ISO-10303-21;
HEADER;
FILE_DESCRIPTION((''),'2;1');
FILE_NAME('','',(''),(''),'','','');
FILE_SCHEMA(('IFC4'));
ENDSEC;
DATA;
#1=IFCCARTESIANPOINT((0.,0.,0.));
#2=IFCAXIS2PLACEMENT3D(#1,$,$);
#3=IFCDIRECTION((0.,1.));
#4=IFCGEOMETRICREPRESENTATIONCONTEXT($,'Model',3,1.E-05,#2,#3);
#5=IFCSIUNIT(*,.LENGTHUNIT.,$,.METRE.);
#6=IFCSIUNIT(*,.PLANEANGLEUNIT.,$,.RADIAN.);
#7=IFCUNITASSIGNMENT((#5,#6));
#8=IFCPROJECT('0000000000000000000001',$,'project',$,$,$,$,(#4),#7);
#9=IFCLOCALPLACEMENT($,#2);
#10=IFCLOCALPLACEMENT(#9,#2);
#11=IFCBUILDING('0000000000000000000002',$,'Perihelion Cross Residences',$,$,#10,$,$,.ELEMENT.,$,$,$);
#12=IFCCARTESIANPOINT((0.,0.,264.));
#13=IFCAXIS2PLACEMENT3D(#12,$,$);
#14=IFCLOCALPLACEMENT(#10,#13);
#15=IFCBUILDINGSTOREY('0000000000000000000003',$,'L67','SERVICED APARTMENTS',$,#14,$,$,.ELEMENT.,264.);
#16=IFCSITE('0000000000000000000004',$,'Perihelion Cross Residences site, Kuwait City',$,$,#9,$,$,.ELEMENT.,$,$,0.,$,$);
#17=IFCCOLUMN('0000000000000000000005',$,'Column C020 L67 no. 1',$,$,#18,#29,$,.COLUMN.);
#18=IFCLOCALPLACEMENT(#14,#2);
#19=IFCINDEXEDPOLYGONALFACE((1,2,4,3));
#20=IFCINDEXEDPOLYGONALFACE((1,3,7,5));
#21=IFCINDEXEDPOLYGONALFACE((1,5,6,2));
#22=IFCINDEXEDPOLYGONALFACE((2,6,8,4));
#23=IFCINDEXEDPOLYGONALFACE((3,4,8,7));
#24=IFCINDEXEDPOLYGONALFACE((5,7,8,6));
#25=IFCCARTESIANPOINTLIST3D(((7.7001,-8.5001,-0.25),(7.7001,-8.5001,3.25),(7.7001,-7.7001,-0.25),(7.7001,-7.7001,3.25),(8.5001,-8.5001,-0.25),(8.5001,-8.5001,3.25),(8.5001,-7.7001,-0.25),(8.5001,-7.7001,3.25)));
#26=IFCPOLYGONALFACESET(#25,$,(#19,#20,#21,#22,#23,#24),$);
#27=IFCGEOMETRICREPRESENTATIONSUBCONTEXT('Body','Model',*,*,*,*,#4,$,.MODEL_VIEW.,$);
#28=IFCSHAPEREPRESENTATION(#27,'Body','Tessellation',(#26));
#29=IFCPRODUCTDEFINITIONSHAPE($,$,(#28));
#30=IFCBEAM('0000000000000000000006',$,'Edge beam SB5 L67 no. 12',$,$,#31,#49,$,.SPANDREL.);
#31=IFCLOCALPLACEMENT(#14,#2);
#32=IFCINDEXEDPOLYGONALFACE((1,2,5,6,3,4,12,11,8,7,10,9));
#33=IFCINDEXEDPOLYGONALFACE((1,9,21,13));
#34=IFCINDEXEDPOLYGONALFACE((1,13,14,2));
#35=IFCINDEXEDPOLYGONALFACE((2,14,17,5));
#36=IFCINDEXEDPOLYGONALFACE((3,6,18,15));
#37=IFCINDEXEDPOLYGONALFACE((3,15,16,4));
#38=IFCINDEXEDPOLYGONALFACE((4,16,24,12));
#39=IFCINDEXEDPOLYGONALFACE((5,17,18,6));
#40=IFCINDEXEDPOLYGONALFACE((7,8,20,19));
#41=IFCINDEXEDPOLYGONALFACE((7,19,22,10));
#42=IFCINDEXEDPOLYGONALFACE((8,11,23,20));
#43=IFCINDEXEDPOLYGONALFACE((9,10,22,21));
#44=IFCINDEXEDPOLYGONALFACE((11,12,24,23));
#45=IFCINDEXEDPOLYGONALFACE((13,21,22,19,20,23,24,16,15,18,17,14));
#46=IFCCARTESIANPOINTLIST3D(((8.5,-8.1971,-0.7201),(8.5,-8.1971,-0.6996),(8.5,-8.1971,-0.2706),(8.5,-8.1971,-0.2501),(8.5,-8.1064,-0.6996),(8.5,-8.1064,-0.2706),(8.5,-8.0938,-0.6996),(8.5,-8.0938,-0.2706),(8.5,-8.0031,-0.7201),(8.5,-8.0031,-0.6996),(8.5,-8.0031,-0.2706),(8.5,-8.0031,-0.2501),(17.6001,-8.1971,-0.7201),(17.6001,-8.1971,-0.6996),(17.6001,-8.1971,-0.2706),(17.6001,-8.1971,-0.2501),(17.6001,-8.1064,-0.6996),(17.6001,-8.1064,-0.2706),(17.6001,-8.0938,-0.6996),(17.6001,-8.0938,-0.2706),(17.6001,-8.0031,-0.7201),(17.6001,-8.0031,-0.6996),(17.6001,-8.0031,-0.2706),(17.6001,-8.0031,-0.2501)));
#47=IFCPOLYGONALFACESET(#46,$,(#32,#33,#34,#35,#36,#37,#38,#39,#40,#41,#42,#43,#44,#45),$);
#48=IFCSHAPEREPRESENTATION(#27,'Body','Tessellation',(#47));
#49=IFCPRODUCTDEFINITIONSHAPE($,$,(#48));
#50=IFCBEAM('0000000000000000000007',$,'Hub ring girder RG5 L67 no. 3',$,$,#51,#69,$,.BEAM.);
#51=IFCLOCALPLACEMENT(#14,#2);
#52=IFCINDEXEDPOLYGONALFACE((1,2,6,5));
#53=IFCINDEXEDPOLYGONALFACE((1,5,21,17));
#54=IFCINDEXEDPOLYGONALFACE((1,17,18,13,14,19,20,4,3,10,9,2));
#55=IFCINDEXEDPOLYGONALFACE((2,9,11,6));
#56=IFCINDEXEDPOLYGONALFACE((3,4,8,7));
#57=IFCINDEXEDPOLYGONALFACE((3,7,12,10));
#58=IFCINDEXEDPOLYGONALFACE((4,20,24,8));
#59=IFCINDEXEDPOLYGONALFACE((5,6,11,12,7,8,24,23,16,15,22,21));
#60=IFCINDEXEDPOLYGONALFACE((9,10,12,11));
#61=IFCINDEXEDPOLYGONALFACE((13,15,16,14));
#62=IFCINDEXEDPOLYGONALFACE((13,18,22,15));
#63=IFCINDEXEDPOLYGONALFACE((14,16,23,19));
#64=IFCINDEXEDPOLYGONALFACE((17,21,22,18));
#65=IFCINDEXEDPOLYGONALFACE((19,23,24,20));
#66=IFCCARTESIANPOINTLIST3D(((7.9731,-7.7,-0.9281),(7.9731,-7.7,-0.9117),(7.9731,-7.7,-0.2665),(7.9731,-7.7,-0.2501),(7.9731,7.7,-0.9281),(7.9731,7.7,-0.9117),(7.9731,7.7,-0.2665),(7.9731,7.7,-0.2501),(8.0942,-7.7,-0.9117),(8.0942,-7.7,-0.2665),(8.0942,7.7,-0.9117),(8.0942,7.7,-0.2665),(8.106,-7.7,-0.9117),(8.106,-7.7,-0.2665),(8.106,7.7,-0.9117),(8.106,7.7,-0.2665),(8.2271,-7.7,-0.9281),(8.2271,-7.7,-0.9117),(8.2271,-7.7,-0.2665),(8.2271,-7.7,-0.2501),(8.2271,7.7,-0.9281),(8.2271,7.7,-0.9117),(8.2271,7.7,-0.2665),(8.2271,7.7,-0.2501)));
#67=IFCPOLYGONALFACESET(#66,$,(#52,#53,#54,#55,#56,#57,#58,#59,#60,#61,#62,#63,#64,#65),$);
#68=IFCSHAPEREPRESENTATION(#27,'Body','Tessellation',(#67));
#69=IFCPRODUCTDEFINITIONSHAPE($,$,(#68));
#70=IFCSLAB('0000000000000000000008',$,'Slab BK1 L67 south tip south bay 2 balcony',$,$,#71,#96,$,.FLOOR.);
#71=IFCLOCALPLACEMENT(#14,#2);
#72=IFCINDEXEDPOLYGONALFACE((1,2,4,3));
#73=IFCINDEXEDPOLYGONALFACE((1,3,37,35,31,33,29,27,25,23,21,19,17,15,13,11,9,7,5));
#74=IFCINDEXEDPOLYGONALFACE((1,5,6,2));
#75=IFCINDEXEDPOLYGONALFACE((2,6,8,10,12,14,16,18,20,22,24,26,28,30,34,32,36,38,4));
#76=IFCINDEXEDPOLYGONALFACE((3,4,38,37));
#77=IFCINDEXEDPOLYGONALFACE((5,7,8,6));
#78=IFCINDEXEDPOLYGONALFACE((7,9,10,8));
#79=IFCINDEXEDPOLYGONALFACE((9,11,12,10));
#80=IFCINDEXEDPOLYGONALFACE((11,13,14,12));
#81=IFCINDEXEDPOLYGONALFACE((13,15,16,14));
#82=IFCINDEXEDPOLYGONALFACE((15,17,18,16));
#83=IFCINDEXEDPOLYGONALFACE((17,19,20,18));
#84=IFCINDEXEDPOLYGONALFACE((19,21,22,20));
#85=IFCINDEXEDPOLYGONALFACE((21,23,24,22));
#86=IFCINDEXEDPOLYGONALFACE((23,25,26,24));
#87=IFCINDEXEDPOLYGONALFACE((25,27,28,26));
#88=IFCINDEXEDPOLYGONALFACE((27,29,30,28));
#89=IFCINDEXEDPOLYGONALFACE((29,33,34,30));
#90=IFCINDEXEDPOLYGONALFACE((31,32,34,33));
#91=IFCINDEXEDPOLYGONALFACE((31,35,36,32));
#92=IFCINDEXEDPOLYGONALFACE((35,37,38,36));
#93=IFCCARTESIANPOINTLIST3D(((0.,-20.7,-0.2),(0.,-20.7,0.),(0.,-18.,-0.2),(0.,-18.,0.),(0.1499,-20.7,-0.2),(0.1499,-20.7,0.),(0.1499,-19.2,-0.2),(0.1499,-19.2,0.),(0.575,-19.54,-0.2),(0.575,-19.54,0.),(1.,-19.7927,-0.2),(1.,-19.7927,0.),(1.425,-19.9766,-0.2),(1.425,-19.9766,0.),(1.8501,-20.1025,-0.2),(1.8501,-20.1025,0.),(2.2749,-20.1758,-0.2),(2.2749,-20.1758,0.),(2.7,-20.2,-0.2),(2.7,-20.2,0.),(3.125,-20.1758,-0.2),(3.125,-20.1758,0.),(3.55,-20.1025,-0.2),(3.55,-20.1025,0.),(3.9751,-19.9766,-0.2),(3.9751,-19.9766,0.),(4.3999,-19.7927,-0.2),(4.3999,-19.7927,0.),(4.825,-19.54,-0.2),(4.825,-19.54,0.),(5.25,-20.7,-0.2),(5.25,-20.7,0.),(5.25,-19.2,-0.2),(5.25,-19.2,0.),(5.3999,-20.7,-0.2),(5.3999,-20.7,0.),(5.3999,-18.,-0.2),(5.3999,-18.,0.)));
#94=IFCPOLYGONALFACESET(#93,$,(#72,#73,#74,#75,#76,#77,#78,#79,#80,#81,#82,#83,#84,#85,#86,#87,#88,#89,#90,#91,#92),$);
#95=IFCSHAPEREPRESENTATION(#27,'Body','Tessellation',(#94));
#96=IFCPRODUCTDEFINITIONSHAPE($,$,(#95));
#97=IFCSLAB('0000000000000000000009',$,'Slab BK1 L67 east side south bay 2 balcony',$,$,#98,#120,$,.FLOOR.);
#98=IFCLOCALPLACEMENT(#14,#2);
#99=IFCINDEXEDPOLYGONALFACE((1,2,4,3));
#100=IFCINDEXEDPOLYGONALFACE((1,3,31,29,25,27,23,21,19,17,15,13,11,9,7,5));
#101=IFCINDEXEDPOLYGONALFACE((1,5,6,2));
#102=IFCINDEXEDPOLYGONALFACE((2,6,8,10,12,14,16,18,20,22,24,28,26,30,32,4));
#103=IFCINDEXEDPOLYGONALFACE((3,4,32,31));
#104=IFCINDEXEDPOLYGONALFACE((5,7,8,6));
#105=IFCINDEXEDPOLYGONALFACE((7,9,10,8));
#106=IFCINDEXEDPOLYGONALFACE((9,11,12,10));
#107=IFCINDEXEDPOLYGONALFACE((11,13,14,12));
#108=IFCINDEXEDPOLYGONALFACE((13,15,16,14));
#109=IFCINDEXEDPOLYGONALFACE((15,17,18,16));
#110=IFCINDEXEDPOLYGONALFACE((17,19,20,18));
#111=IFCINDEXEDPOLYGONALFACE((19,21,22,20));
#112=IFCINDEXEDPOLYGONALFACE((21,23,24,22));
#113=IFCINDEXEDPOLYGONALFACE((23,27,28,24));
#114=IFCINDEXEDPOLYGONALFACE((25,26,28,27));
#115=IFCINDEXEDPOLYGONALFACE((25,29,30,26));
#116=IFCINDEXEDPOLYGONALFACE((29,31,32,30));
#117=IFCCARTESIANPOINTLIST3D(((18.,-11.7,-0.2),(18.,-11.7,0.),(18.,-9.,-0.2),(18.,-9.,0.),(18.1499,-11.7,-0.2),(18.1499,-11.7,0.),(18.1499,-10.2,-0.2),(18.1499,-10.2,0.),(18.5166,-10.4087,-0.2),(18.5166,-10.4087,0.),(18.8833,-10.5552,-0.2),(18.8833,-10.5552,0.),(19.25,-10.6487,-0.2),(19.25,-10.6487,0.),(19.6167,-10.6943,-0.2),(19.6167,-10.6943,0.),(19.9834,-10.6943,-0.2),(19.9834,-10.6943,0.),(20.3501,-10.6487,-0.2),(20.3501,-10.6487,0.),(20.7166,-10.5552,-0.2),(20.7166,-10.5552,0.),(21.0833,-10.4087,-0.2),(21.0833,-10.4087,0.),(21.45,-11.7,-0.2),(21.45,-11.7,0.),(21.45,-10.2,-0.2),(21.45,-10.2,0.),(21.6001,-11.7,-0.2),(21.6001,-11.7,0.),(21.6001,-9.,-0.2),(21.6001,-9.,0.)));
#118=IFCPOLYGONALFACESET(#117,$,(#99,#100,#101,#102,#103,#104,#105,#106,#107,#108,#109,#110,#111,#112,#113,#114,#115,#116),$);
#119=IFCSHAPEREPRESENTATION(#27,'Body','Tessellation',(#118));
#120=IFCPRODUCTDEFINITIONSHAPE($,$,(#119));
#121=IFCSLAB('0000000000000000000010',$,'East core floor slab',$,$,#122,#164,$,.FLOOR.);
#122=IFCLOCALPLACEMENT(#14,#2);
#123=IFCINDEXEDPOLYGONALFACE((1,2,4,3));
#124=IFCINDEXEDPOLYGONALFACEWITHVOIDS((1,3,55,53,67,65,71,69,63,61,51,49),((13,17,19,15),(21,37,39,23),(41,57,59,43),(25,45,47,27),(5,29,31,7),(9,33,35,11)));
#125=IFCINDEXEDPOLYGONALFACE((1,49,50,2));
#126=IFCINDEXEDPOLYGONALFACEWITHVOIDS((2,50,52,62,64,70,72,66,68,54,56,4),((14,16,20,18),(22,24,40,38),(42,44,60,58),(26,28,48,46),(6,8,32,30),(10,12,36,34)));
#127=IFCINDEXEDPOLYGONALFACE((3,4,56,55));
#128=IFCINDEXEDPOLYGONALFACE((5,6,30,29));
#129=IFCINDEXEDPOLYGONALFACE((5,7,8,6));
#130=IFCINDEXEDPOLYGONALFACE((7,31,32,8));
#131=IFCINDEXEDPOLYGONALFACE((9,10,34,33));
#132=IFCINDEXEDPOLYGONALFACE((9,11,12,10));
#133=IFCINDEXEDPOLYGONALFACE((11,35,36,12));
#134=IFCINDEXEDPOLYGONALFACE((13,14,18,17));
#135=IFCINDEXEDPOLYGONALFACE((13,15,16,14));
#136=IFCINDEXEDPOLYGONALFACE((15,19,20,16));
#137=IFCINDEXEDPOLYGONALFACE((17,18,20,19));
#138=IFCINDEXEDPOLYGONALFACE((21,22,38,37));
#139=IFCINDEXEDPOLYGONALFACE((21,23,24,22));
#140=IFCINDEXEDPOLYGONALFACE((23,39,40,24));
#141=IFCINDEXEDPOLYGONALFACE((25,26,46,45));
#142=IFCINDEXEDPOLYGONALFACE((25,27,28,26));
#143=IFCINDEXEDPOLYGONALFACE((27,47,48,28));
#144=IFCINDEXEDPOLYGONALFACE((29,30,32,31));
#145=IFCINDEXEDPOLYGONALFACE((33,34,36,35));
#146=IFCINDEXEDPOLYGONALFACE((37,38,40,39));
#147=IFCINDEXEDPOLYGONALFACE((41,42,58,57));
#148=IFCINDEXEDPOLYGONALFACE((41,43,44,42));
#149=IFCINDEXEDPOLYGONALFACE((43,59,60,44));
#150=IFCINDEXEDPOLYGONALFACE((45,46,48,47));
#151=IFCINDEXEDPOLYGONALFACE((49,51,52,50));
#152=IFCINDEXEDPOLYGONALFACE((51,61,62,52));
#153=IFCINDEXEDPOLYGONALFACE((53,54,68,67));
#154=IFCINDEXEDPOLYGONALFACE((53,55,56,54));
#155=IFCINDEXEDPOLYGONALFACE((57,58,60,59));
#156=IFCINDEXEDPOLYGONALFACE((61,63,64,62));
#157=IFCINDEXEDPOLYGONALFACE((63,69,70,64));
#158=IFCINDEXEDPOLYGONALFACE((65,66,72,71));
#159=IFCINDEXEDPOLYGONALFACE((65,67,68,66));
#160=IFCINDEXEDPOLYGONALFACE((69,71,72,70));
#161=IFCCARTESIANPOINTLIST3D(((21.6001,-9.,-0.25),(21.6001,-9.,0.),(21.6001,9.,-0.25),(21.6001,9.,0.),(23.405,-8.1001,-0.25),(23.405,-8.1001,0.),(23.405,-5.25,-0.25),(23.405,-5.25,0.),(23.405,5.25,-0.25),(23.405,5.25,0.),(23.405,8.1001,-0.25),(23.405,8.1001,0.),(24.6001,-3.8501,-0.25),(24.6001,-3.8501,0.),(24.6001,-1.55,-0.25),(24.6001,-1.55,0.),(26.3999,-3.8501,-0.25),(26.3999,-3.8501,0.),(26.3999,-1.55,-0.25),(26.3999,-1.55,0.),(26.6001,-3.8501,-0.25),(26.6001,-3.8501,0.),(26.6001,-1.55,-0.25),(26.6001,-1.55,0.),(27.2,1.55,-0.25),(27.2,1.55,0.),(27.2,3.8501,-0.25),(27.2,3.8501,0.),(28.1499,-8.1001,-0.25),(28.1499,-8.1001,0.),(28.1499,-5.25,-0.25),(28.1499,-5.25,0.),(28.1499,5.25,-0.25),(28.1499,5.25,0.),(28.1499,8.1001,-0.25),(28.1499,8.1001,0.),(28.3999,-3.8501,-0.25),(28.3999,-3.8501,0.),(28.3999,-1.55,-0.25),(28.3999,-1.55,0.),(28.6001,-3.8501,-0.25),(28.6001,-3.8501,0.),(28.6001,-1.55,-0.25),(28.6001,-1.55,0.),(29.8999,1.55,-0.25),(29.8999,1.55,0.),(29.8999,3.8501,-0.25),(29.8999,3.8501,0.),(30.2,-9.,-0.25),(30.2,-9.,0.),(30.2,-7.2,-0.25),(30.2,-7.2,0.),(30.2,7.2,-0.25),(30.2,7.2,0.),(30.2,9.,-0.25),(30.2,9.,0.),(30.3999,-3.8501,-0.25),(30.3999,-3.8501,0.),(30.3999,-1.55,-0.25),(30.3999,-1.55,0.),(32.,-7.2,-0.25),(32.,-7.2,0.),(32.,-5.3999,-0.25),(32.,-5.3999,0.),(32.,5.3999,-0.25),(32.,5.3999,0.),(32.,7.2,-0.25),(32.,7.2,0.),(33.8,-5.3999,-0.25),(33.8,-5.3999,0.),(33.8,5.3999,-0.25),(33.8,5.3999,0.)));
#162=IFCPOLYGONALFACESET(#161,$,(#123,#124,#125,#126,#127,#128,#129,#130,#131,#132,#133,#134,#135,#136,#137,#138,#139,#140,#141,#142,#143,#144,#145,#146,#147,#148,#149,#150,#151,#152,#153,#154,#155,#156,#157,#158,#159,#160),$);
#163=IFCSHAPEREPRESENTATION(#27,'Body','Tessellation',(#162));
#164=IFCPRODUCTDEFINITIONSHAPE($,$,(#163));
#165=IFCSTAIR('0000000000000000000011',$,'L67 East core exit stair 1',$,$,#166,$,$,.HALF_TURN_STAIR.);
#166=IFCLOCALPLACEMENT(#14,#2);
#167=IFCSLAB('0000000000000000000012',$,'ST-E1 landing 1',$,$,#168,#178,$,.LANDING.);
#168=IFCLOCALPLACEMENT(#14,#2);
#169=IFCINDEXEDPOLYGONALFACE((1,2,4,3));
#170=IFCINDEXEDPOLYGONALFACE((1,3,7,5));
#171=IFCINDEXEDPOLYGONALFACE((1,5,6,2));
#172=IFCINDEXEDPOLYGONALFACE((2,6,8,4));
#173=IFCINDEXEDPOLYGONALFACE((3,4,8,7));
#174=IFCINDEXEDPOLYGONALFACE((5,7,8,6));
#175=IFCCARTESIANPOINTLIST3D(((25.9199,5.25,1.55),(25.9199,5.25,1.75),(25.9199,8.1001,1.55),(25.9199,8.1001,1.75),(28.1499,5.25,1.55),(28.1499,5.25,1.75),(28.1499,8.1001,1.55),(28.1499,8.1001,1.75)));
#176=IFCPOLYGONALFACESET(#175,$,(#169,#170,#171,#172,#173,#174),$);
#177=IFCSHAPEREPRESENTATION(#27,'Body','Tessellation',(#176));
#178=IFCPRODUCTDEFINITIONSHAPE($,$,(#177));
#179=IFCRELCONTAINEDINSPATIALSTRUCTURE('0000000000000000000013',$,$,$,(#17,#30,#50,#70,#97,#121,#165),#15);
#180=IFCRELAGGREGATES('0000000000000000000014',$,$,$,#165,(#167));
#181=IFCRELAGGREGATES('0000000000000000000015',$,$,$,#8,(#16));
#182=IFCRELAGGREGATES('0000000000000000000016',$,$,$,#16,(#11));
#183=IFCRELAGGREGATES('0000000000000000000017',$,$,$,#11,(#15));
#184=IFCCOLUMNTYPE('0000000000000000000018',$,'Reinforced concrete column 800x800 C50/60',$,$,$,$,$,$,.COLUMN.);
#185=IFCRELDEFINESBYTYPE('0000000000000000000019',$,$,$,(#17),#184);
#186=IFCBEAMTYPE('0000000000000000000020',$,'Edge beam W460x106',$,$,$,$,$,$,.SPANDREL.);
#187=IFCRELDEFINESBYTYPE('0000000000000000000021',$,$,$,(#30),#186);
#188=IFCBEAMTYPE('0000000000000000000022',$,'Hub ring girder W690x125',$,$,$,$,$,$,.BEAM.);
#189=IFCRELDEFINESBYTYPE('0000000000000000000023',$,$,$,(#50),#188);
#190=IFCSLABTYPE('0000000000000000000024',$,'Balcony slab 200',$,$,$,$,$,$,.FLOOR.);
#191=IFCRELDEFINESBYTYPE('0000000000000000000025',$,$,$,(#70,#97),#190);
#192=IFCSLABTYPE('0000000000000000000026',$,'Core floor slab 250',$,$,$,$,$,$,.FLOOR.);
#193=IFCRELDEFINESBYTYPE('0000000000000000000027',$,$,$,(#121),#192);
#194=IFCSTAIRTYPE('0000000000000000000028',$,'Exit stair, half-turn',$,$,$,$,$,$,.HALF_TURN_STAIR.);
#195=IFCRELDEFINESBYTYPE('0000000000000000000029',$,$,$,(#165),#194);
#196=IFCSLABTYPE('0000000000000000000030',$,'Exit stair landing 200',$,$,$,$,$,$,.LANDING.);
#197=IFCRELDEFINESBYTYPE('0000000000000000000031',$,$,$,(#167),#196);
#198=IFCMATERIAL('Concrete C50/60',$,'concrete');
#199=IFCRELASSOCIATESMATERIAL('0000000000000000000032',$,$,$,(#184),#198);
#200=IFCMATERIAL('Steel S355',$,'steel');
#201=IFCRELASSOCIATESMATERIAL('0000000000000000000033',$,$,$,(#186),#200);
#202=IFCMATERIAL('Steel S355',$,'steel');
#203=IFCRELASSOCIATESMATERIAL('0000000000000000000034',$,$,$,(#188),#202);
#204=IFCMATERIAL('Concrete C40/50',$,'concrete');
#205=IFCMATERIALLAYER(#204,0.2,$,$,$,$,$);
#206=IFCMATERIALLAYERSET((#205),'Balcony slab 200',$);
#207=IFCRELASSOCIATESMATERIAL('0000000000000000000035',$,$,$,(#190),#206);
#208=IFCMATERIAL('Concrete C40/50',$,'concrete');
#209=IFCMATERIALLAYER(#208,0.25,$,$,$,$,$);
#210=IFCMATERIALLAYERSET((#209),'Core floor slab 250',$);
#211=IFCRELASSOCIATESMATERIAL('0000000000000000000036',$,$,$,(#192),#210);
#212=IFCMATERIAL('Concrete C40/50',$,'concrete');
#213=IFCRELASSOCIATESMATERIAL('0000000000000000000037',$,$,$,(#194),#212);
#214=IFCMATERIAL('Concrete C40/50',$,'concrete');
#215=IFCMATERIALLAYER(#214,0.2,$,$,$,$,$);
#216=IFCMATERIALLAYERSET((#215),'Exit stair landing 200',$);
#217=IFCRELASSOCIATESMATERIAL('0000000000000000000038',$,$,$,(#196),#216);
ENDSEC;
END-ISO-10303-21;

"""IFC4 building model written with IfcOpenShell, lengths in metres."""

from ifc_helpers import new_model, si_unit, direction, frame, origin, origin_2d, place, context, subcontext, project, spatial, polyline, rectangle, i_section, outline, extrude, material, layer, layer_set, material_profile, profile_set, type_object, element, aggregate, save


model = new_model("IFC4")

# Units and contexts
model_context = context("Model", 3, precision=1e-05, world=origin(), true_north=direction((0.0, 1.0)))
body_context = subcontext(model_context, "Body", "Model", "MODEL_VIEW")
ifc_project = project(units=[si_unit("LENGTHUNIT", "METRE"), si_unit("PLANEANGLEUNIT", "RADIAN")], contexts=[model_context])

# Site, building, storey
site_placement = place(None, origin())
site = spatial("IfcSite", under=ifc_project, at=site_placement, Name="Perihelion Cross Residences site, Kuwait City", CompositionType="ELEMENT", RefElevation=0.0)
building_placement = place(site_placement, origin())
building = spatial("IfcBuilding", under=site, at=building_placement, Name="Perihelion Cross Residences", CompositionType="ELEMENT")
storey_placement = place(building_placement, frame((0.0, 0.0, 264.0)))
storey = spatial("IfcBuildingStorey", under=building, at=storey_placement, Name="L67", Description="SERVICED APARTMENTS", CompositionType="ELEMENT", Elevation=264.0)

# Column
ifc_material_1 = material(Name="Concrete C50/60", Category="concrete")
ifc_material_profile_1 = material_profile(ifc_material_1, rectangle(XDim=0.8, YDim=0.8, at=origin_2d()), Name="RC 800x800")
ifc_profile_set_1 = profile_set([ifc_material_profile_1], Name="Concrete C50/60")
column_type = type_object("IfcColumnType", Name="Reinforced concrete column 800x800 C50/60", PredefinedType="COLUMN", material=ifc_profile_set_1)
column_placement = place(storey_placement, frame((8.1001, -8.1001, -0.25), z_axis=(0.0, 0.0, 1.0), x_axis=(1.0, 0.0, 0.0)))
element("IfcColumn", 1, at=column_placement, inside=storey, type_object=column_type, Name="Column C020 L67 no. 1", PredefinedType="COLUMN", context=body_context, shape_type="SweptSolid", body=[
    extrude(rectangle(XDim=0.8, YDim=0.8, at=origin_2d()), origin(), (0.0, 0.0, 1.0), 3.5),
])

# Beams
ifc_material_2 = material(Name="Steel S355", Category="steel")
ifc_material_profile_2 = material_profile(ifc_material_2, i_section(OverallWidth=0.1941, OverallDepth=0.47, WebThickness=0.0127, FlangeThickness=0.0205, at=origin_2d()), Name="W460x106")
ifc_profile_set_2 = profile_set([ifc_material_profile_2], Name="Steel S355")
beam_type_1 = type_object("IfcBeamType", Name="Edge beam W460x106", PredefinedType="SPANDREL", material=ifc_profile_set_2)
beam_1_placement = place(storey_placement, frame((8.5, -8.1001, -0.4851), z_axis=(1.0, 0.0, 0.0), x_axis=(0.0, 1.0, 0.0)))
element("IfcBeam", 2, at=beam_1_placement, inside=storey, type_object=beam_type_1, Name="Edge beam SB5 L67 no. 12", PredefinedType="SPANDREL", context=body_context, shape_type="SweptSolid", body=[
    extrude(i_section(OverallWidth=0.1941, OverallDepth=0.47, WebThickness=0.0127, FlangeThickness=0.0205, at=origin_2d()), origin(), (0.0, 0.0, 1.0), 9.1001),
])
ifc_material_3 = material(Name="Steel S355", Category="steel")
ifc_material_profile_3 = material_profile(ifc_material_3, i_section(OverallWidth=0.2539, OverallDepth=0.678, WebThickness=0.0117, FlangeThickness=0.0164, at=origin_2d()), Name="W690x125")
ifc_profile_set_3 = profile_set([ifc_material_profile_3], Name="Steel S355")
beam_type_2 = type_object("IfcBeamType", Name="Hub ring girder W690x125", PredefinedType="BEAM", material=ifc_profile_set_3)
beam_2_placement = place(storey_placement, frame((8.1001, -7.7, -0.5891), z_axis=(0.0, 1.0, 0.0), x_axis=(-1.0, 0.0, 0.0)))
element("IfcBeam", 3, at=beam_2_placement, inside=storey, type_object=beam_type_2, Name="Hub ring girder RG5 L67 no. 3", PredefinedType="BEAM", context=body_context, shape_type="SweptSolid", body=[
    extrude(i_section(OverallWidth=0.2539, OverallDepth=0.678, WebThickness=0.0117, FlangeThickness=0.0164, at=origin_2d()), origin(), (0.0, 0.0, 1.0), 15.3999),
])

# Slabs
ifc_material_4 = material(Name="Concrete C40/50", Category="concrete")
ifc_layer_1 = layer(ifc_material_4, 0.2)
ifc_layer_set_1 = layer_set([ifc_layer_1], Name="Balcony slab 200")
slab_type_1 = type_object("IfcSlabType", Name="Balcony slab 200", PredefinedType="FLOOR", material=ifc_layer_set_1)
slab_1_placement = place(storey_placement, frame((0.0, 0.0, -0.2)))
element("IfcSlab", 4, at=slab_1_placement, inside=storey, type_object=slab_type_1, Name="Slab BK1 L67 south tip south bay 2 balcony", PredefinedType="FLOOR", context=body_context, shape_type="SweptSolid", body=[
    extrude(outline(polyline([(0.0, -18.0), (5.3999, -18.0), (5.3999, -20.7), (5.25, -20.7), (5.25, -19.2), (4.825, -19.54), (4.3999, -19.7927), (3.9751, -19.9766), (3.55, -20.1025), (3.125, -20.1758), (2.7, -20.2), (2.2749, -20.1758), (1.8501, -20.1025), (1.425, -19.9766), (1.0, -19.7927), (0.575, -19.54), (0.1499, -19.2), (0.1499, -20.7), (0.0, -20.7), (0.0, -18.0)])), origin(), (0.0, 0.0, 1.0), 0.2),
])
slab_2_placement = place(storey_placement, frame((0.0, 0.0, -0.2)))
element("IfcSlab", 5, at=slab_2_placement, inside=storey, type_object=slab_type_1, Name="Slab BK1 L67 east side south bay 2 balcony", PredefinedType="FLOOR", context=body_context, shape_type="SweptSolid", body=[
    extrude(outline(polyline([(18.0, -9.0), (21.6001, -9.0), (21.6001, -11.7), (21.45, -11.7), (21.45, -10.2), (21.0833, -10.4087), (20.7166, -10.5552), (20.3501, -10.6487), (19.9834, -10.6943), (19.6167, -10.6943), (19.25, -10.6487), (18.8833, -10.5552), (18.5166, -10.4087), (18.1499, -10.2), (18.1499, -11.7), (18.0, -11.7), (18.0, -9.0)])), origin(), (0.0, 0.0, 1.0), 0.2),
])
ifc_material_5 = material(Name="Concrete C40/50", Category="concrete")
ifc_layer_2 = layer(ifc_material_5, 0.25)
ifc_layer_set_2 = layer_set([ifc_layer_2], Name="Core floor slab 250")
slab_type_2 = type_object("IfcSlabType", Name="Core floor slab 250", PredefinedType="FLOOR", material=ifc_layer_set_2)
slab_3_placement = place(storey_placement, frame((0.0, 0.0, -0.25)))
element("IfcSlab", 6, at=slab_3_placement, inside=storey, type_object=slab_type_2, Name="East core floor slab", PredefinedType="FLOOR", context=body_context, shape_type="SweptSolid", body=[
    extrude(outline(polyline([(30.2, 7.2), (32.0, 7.2), (32.0, 5.3999), (33.8, 5.3999), (33.8, -5.3999), (32.0, -5.3999), (32.0, -7.2), (30.2, -7.2), (30.2, -9.0), (21.6001, -9.0), (21.6001, 9.0), (30.2, 9.0), (30.2, 7.2)]), holes=[polyline([(28.1499, -8.1001), (28.1499, -5.25), (23.405, -5.25), (23.405, -8.1001), (28.1499, -8.1001)]), polyline([(24.6001, -1.55), (24.6001, -3.8501), (26.3999, -3.8501), (26.3999, -1.55), (24.6001, -1.55)]), polyline([(26.6001, -1.55), (26.6001, -3.8501), (28.3999, -3.8501), (28.3999, -1.55), (26.6001, -1.55)]), polyline([(28.6001, -3.8501), (30.3999, -3.8501), (30.3999, -1.55), (28.6001, -1.55), (28.6001, -3.8501)]), polyline([(27.2, 3.8501), (27.2, 1.55), (29.8999, 1.55), (29.8999, 3.8501), (27.2, 3.8501)]), polyline([(23.405, 5.25), (28.1499, 5.25), (28.1499, 8.1001), (23.405, 8.1001), (23.405, 5.25)])]), origin(), (0.0, 0.0, 1.0), 0.25),
])

# Stair, slab
ifc_material_6 = material(Name="Concrete C40/50", Category="concrete")
stair_type = type_object("IfcStairType", Name="Exit stair, half-turn", PredefinedType="HALF_TURN_STAIR", material=ifc_material_6)
stair_1_placement = place(storey_placement, origin())
stair_1 = element("IfcStair", 7, at=stair_1_placement, inside=storey, type_object=stair_type, Name="L67 East core exit stair 1", PredefinedType="HALF_TURN_STAIR")
ifc_material_7 = material(Name="Concrete C40/50", Category="concrete")
ifc_layer_3 = layer(ifc_material_7, 0.2)
ifc_layer_set_3 = layer_set([ifc_layer_3], Name="Exit stair landing 200")
slab_type_3 = type_object("IfcSlabType", Name="Exit stair landing 200", PredefinedType="LANDING", material=ifc_layer_set_3)
slab_4_placement = place(storey_placement, frame((0.0, 0.0, 1.55)))
slab_4 = element("IfcSlab", 8, at=slab_4_placement, type_object=slab_type_3, Name="ST-E1 landing 1", PredefinedType="LANDING", context=body_context, shape_type="SweptSolid", body=[
    extrude(outline(polyline([(25.9199, 5.25), (28.1499, 5.25), (28.1499, 8.1001), (25.9199, 8.1001), (25.9199, 5.25)])), origin(), (0.0, 0.0, 1.0), 0.2),
])
aggregate(stair_1, [slab_4])

save(model, "model.ifc")
